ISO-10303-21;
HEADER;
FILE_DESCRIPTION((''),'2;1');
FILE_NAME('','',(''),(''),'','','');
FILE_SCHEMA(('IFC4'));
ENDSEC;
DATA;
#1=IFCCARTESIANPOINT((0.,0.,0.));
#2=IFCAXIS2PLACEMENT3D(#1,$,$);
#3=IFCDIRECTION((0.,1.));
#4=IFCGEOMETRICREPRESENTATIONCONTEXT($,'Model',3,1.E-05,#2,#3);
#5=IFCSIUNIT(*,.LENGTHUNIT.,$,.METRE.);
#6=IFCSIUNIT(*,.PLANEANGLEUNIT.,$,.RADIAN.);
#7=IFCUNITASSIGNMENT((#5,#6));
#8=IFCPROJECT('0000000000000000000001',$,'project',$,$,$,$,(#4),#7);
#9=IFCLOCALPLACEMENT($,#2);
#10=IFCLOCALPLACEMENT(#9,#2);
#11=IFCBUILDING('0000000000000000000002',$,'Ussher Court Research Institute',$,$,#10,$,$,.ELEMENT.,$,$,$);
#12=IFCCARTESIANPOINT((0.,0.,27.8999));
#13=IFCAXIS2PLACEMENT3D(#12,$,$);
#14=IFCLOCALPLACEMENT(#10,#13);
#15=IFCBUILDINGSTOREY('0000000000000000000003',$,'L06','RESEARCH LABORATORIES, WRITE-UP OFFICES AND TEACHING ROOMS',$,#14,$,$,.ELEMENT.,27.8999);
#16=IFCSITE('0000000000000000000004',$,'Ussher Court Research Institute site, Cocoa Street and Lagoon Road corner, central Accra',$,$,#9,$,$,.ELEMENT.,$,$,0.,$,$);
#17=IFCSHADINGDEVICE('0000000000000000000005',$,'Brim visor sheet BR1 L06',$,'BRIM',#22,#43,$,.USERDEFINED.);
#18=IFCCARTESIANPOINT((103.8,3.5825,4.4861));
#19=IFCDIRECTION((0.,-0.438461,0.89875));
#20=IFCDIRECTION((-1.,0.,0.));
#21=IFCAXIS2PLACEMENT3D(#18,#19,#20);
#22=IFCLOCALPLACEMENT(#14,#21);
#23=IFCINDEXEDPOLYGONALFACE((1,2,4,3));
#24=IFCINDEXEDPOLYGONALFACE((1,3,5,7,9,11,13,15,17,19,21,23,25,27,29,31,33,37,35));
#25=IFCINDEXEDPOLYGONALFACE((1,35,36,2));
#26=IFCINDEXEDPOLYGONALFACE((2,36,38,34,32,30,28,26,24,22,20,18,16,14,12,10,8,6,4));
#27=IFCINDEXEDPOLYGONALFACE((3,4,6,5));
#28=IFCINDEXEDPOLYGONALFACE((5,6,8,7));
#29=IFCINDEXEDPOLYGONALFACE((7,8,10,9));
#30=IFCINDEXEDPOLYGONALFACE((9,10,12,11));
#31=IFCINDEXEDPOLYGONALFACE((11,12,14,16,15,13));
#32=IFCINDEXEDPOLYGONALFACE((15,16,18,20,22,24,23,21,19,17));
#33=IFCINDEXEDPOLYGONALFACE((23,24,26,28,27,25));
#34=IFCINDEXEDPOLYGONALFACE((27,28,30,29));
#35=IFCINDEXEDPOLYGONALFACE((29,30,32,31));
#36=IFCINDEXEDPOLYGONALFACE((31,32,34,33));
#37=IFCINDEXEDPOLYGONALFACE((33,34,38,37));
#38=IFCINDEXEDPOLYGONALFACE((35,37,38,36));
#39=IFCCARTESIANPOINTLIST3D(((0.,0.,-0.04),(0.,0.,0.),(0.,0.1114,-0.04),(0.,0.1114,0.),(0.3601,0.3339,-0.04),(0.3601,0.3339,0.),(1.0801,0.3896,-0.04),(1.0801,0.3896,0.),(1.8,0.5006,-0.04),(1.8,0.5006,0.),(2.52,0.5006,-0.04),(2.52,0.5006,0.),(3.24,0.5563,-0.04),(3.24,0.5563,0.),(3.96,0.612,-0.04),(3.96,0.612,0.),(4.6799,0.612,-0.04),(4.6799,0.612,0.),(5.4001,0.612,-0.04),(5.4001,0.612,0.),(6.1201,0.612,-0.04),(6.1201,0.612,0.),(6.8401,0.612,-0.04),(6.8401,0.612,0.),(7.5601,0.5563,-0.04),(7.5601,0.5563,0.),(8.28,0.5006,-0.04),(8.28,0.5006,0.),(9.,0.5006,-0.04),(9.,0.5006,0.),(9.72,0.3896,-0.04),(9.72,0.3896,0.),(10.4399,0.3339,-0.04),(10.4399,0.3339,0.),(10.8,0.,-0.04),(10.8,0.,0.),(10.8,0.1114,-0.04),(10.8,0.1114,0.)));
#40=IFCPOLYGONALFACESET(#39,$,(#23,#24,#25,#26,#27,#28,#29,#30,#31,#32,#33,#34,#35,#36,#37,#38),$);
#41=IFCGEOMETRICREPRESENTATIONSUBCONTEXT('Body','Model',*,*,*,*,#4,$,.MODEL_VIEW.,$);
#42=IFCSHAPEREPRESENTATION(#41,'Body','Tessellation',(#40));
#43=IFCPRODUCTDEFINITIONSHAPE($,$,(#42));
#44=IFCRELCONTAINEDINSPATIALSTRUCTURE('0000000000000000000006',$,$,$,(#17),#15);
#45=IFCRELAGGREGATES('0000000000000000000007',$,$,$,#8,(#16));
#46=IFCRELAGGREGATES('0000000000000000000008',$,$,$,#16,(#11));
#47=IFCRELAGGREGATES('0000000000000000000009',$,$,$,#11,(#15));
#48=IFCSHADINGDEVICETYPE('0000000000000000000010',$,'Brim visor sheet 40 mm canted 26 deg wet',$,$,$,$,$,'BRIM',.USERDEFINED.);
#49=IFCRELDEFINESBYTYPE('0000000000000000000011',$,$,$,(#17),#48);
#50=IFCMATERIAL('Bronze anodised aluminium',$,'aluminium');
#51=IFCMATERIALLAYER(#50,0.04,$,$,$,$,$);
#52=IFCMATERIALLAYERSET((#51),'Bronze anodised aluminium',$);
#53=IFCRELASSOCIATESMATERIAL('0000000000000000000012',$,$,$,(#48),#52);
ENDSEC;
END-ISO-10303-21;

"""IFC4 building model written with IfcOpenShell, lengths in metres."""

from ifc_helpers import new_model, si_unit, direction, frame, origin, place, context, subcontext, project, spatial, polyline, outline, extrude, material, layer, layer_set, type_object, element, save


model = new_model("IFC4")

# Units and contexts
model_context = context("Model", 3, precision=1e-05, world=origin(), true_north=direction((0.0, 1.0)))
body_context = subcontext(model_context, "Body", "Model", "MODEL_VIEW")
ifc_project = project(units=[si_unit("LENGTHUNIT", "METRE"), si_unit("PLANEANGLEUNIT", "RADIAN")], contexts=[model_context])

# Site, building, storey
site_placement = place(None, origin())
site = spatial("IfcSite", under=ifc_project, at=site_placement, Name="Ussher Court Research Institute site, Cocoa Street and Lagoon Road corner, central Accra", CompositionType="ELEMENT", RefElevation=0.0)
building_placement = place(site_placement, origin())
building = spatial("IfcBuilding", under=site, at=building_placement, Name="Ussher Court Research Institute", CompositionType="ELEMENT")
storey_placement = place(building_placement, frame((0.0, 0.0, 27.8999)))
storey = spatial("IfcBuildingStorey", under=building, at=storey_placement, Name="L06", Description="RESEARCH LABORATORIES, WRITE-UP OFFICES AND TEACHING ROOMS", CompositionType="ELEMENT", Elevation=27.8999)

# Shading device
ifc_material_1 = material(Name="Bronze anodised aluminium", Category="aluminium")
ifc_layer_1 = layer(ifc_material_1, 0.04)
ifc_layer_set_1 = layer_set([ifc_layer_1], Name="Bronze anodised aluminium")
shading_device_type_1 = type_object("IfcShadingDeviceType", Name="Brim visor sheet 40 mm canted 26 deg wet", ElementType="BRIM", PredefinedType="USERDEFINED", material=ifc_layer_set_1)
shading_device_1_placement = place(storey_placement, frame((103.8, 3.5825, 4.4861), z_axis=(0.0, -0.438461, 0.89875), x_axis=(-1.0, 0.0, 0.0)))
element("IfcShadingDevice", 1, at=shading_device_1_placement, inside=storey, type_object=shading_device_type_1, Name="Brim visor sheet BR1 L06", ObjectType="BRIM", PredefinedType="USERDEFINED", context=body_context, shape_type="SweptSolid", body=[
    extrude(outline(polyline([(0.0, 0.0), (10.8, 0.0), (10.8, 0.1114), (10.4399, 0.3339), (9.72, 0.3896), (9.0, 0.5006), (8.28, 0.5006), (7.5601, 0.5563), (6.8401, 0.612), (6.1201, 0.612), (5.4001, 0.612), (4.6799, 0.612), (3.96, 0.612), (3.24, 0.5563), (2.52, 0.5006), (1.8, 0.5006), (1.0801, 0.3896), (0.3601, 0.3339), (0.0, 0.1114), (0.0, 0.0)])), origin(), (0.0, 0.0, -1.0), 0.04),
])

save(model, "model.ifc")
